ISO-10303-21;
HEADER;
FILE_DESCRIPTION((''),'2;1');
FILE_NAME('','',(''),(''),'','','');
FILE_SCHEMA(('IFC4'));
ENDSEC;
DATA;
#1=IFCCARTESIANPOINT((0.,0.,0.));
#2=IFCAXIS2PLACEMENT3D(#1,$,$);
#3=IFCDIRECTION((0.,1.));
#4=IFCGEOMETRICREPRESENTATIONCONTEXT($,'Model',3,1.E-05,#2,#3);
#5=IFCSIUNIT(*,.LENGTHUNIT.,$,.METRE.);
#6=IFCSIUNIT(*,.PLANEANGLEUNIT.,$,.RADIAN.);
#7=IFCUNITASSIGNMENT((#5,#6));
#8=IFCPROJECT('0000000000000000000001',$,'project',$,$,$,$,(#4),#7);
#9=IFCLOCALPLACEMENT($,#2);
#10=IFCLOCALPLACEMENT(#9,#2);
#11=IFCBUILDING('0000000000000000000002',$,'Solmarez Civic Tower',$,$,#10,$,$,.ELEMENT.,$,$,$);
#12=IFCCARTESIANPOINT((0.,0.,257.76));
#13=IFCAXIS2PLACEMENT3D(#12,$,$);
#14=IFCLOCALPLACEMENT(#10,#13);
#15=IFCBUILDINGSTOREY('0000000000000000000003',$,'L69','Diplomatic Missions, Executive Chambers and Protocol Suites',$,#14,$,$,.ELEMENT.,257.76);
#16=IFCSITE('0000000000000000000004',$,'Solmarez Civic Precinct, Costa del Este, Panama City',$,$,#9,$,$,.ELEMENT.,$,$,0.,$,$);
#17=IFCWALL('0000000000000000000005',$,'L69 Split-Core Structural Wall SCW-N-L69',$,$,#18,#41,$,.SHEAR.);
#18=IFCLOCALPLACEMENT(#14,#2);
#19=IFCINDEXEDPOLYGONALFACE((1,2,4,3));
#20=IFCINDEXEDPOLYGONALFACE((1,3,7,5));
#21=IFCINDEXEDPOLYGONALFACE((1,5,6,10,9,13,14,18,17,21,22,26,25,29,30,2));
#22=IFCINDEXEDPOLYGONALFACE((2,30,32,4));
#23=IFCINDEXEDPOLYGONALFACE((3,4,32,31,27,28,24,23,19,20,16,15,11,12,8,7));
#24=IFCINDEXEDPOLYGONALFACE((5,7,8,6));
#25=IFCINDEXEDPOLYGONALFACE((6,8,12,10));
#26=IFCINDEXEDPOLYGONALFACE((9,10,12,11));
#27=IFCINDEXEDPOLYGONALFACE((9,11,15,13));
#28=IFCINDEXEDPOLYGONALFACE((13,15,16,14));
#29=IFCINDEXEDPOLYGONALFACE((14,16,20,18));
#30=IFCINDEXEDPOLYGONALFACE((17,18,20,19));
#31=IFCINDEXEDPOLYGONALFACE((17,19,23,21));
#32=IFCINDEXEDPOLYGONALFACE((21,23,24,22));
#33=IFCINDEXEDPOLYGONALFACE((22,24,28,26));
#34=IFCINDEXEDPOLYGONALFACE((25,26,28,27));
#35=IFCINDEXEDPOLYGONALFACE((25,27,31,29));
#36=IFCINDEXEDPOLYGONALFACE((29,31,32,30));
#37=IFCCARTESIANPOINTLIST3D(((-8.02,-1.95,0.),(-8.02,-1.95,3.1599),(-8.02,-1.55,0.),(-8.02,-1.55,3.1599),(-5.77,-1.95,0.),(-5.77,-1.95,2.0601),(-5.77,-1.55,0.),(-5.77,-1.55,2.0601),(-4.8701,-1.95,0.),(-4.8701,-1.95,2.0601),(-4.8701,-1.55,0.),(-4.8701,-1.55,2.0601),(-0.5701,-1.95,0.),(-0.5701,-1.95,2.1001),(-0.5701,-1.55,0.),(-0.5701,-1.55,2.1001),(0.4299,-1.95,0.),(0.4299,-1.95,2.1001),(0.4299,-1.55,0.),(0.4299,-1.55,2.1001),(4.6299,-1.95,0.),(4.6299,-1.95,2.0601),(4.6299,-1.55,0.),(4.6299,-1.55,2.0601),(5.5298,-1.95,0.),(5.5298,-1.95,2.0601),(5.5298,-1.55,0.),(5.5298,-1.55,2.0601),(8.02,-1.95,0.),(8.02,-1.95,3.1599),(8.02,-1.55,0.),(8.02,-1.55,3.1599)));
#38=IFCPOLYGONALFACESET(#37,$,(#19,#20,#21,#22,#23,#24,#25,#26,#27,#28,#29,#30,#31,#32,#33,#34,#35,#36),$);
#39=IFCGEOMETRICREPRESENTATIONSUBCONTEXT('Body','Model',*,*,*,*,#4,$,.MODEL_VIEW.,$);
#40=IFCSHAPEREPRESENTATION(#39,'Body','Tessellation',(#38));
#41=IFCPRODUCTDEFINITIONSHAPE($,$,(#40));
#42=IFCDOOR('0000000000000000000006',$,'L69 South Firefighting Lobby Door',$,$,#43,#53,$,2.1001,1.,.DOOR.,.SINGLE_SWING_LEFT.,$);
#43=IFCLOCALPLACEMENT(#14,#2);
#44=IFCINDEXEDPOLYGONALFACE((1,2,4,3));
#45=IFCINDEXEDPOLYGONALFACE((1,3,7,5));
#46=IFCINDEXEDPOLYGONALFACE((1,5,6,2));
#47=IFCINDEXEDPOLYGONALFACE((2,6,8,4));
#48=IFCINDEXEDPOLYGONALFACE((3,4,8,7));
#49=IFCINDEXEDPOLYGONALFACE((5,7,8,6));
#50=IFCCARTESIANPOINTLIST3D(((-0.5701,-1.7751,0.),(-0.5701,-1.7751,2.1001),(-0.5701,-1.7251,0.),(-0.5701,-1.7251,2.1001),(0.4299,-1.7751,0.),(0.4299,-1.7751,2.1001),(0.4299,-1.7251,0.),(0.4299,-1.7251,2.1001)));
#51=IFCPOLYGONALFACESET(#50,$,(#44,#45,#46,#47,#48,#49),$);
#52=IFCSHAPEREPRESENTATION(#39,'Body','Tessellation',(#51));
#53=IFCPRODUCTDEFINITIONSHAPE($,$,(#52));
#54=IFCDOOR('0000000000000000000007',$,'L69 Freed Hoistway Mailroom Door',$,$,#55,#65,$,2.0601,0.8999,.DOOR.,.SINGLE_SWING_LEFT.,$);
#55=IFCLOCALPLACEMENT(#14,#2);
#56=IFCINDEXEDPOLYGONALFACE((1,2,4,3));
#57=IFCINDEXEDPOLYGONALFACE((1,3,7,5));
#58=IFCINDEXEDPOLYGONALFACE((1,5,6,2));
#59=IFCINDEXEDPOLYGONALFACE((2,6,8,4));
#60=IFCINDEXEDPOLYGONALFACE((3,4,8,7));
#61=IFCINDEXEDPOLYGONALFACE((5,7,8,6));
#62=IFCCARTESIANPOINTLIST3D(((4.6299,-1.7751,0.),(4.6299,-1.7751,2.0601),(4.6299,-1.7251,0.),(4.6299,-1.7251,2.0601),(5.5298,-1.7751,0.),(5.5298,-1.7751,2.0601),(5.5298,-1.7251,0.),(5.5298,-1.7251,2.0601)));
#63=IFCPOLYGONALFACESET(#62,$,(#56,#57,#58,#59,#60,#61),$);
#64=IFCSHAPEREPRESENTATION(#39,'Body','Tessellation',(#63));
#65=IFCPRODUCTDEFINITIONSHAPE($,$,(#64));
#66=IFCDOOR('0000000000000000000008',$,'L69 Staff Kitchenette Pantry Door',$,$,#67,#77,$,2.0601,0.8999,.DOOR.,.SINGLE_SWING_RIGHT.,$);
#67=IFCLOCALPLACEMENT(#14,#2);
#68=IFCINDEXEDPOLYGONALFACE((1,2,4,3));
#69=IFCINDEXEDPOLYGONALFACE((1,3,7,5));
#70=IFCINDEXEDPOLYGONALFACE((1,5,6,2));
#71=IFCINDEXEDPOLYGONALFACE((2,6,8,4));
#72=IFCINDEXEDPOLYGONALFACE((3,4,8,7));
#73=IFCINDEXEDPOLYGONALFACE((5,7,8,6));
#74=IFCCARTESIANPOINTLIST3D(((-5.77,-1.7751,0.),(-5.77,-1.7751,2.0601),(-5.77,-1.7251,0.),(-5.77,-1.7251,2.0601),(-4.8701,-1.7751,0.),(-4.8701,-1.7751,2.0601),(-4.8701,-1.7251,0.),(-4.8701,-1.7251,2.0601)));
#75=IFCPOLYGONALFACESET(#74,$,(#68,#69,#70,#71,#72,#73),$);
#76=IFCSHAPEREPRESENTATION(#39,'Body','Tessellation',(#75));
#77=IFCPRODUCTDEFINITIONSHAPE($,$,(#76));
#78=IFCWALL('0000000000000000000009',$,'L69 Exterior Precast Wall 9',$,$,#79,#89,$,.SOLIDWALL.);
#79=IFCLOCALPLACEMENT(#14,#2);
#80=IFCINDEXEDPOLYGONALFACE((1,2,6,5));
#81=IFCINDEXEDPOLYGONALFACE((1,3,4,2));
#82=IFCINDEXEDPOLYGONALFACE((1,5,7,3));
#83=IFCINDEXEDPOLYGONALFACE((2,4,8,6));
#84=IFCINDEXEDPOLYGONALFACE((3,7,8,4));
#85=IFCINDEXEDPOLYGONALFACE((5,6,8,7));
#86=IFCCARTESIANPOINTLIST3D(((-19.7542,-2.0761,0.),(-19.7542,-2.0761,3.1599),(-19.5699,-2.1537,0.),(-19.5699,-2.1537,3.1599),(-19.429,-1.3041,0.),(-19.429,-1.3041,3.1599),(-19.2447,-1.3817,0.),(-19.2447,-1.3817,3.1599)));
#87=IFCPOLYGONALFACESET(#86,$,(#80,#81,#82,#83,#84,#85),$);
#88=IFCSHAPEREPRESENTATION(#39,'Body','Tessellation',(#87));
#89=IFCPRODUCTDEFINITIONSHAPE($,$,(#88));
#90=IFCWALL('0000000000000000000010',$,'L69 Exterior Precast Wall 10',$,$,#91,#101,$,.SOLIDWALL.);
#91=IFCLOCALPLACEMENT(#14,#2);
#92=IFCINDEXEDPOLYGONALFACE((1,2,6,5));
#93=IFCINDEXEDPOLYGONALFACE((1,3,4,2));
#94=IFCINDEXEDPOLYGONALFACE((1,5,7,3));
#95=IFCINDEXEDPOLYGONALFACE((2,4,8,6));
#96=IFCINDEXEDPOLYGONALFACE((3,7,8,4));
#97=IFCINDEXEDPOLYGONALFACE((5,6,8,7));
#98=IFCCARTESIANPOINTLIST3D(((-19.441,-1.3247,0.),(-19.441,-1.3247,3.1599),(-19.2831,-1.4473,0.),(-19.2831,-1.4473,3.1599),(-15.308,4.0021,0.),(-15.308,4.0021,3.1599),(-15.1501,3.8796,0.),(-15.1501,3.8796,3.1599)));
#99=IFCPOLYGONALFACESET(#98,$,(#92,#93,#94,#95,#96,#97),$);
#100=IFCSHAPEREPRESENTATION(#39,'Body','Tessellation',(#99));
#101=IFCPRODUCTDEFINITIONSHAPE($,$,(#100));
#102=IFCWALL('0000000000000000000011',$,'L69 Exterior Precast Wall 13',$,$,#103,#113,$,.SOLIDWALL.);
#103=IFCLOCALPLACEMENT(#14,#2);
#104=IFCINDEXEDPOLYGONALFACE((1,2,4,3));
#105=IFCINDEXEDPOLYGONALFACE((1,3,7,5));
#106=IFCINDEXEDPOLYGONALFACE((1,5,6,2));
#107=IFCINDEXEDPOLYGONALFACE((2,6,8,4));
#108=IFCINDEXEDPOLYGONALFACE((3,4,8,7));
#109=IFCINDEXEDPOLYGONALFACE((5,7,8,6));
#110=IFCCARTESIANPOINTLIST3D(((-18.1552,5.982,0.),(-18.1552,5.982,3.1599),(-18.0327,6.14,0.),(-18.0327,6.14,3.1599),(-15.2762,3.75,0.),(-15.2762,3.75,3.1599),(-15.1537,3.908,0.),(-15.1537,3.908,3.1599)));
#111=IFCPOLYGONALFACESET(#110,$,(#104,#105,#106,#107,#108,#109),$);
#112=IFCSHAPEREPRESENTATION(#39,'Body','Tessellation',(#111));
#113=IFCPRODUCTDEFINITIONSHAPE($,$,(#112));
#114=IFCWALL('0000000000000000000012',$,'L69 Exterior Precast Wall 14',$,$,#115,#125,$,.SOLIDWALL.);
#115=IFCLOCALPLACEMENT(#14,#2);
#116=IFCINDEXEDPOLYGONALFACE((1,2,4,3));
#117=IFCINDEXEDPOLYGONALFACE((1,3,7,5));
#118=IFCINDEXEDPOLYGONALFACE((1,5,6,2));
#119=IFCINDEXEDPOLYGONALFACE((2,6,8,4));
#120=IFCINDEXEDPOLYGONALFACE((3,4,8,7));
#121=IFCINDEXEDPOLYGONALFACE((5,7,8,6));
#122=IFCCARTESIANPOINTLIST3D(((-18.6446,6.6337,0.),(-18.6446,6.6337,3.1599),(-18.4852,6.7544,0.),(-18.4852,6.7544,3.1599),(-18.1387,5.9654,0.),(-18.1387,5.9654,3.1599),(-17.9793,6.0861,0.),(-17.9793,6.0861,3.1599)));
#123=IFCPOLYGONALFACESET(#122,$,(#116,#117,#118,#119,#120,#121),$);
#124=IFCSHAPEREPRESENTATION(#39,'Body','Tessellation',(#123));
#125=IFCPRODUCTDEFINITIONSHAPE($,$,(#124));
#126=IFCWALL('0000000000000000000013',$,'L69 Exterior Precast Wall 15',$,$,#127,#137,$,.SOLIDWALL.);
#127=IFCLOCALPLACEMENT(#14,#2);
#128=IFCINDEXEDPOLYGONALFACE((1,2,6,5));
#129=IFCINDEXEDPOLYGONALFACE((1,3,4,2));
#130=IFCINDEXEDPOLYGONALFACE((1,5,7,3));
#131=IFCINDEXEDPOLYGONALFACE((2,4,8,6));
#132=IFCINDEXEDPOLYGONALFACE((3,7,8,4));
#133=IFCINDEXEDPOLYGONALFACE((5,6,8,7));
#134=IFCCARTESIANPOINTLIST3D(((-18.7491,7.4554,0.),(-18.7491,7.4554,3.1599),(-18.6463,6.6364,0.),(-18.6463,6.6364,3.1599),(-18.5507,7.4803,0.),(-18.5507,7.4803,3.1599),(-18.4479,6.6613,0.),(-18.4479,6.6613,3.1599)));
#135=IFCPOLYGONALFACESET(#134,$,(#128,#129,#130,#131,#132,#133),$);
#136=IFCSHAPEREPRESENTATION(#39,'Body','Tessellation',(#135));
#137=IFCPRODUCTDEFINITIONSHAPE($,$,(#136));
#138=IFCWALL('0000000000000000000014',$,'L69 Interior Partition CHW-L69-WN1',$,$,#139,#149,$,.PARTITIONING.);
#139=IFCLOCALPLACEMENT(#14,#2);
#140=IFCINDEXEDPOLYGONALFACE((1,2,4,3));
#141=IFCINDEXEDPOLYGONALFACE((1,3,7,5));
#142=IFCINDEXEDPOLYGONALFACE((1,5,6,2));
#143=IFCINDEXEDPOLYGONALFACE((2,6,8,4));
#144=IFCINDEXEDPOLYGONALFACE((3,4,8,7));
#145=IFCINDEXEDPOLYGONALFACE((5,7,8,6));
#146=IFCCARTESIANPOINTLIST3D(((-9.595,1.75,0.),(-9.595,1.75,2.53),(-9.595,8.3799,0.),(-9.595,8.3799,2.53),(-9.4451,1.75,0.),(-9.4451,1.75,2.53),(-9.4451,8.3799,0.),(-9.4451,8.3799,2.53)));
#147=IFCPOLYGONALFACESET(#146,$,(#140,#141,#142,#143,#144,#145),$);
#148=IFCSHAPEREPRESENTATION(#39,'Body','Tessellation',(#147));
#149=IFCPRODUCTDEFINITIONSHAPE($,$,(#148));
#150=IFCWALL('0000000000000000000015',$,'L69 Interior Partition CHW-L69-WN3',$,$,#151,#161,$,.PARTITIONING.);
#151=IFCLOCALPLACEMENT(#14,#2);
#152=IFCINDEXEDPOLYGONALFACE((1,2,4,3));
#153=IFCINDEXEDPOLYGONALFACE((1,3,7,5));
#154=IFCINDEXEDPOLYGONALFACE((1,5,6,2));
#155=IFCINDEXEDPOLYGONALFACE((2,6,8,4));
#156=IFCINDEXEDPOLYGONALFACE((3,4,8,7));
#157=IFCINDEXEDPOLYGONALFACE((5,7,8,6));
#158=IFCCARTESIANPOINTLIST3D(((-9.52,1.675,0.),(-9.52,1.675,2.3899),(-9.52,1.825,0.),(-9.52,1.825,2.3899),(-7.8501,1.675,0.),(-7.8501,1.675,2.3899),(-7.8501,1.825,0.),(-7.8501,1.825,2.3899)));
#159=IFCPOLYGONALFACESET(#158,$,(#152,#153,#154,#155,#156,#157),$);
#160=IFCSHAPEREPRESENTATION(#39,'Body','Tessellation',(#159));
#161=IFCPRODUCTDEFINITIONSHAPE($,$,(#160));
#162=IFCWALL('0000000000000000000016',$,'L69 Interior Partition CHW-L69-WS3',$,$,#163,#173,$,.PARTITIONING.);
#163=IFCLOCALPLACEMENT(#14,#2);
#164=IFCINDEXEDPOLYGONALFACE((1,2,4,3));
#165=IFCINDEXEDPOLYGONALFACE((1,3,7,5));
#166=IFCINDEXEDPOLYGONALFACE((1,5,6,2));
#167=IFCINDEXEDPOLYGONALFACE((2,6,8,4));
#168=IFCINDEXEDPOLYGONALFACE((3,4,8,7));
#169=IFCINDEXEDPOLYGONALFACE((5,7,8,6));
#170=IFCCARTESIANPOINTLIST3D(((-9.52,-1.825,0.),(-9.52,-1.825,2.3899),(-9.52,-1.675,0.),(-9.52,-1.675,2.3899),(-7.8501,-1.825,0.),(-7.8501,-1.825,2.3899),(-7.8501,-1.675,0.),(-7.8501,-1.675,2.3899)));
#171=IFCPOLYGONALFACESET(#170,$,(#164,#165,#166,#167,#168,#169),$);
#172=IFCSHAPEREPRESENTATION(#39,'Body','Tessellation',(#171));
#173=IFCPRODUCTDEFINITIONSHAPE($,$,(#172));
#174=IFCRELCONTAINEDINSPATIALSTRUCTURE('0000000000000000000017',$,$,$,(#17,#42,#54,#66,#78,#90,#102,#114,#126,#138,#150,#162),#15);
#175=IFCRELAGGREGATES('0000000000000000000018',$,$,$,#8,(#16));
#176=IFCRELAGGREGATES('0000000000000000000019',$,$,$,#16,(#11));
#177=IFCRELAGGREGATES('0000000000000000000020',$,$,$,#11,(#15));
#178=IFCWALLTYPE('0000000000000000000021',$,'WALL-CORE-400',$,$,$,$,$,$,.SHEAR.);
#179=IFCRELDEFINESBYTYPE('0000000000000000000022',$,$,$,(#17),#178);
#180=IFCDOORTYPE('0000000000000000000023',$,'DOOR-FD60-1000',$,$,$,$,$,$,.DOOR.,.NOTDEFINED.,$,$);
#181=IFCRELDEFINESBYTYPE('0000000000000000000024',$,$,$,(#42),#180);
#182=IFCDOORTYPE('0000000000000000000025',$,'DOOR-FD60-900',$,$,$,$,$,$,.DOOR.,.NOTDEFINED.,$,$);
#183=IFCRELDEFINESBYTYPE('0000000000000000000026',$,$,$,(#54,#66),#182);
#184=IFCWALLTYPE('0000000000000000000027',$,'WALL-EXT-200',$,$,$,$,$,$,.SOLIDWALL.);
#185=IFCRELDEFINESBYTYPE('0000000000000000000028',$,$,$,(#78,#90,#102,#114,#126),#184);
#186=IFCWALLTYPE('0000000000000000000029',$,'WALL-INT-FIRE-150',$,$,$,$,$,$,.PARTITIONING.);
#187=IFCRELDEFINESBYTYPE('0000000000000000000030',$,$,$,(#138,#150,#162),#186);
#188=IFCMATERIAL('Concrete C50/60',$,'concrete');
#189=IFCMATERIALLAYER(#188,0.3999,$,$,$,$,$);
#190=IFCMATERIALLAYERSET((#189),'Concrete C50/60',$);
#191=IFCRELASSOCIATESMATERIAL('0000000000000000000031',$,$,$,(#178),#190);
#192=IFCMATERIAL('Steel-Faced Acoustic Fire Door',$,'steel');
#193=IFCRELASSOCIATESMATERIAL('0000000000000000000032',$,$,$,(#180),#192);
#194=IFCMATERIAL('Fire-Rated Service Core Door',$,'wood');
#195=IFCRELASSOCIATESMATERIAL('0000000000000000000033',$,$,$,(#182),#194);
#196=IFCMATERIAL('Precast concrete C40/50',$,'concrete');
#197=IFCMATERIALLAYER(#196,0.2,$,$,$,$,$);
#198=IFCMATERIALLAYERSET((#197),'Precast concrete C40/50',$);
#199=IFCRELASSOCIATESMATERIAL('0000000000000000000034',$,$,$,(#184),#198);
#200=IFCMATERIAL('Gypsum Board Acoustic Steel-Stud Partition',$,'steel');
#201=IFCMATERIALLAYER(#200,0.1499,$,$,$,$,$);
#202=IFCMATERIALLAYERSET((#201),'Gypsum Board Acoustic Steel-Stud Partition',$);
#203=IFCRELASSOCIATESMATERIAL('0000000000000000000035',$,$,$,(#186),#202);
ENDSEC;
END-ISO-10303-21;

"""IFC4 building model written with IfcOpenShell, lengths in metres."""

from ifc_helpers import new_model, si_unit, direction, frame, frame_2d, origin, place, context, subcontext, project, spatial, rectangle, extrude, material, layer, layer_set, type_object, element, fill, save


model = new_model("IFC4")

# Units and contexts
model_context = context("Model", 3, precision=1e-05, world=origin(), true_north=direction((0.0, 1.0)))
body_context = subcontext(model_context, "Body", "Model", "MODEL_VIEW")
ifc_project = project(units=[si_unit("LENGTHUNIT", "METRE"), si_unit("PLANEANGLEUNIT", "RADIAN")], contexts=[model_context])

# Site, building, storey
site_placement = place(None, origin())
site = spatial("IfcSite", under=ifc_project, at=site_placement, Name="Solmarez Civic Precinct, Costa del Este, Panama City", CompositionType="ELEMENT", RefElevation=0.0)
building_placement = place(site_placement, origin())
building = spatial("IfcBuilding", under=site, at=building_placement, Name="Solmarez Civic Tower", CompositionType="ELEMENT")
storey_placement = place(building_placement, frame((0.0, 0.0, 257.76)))
storey = spatial("IfcBuildingStorey", under=building, at=storey_placement, Name="L69", Description="Diplomatic Missions, Executive Chambers and Protocol Suites", CompositionType="ELEMENT", Elevation=257.76)

# Shared definitions
ifc_material_1 = material(Name="Concrete C50/60", Category="concrete")

# Shared definitions
ifc_layer_1 = layer(ifc_material_1, 0.3999)
ifc_layer_set_1 = layer_set([ifc_layer_1], Name="Concrete C50/60")
wall_type_1 = type_object("IfcWallType", Name="WALL-CORE-400", PredefinedType="SHEAR", material=ifc_layer_set_1)

# Wall, openings, doors
wall_1_placement = place(storey_placement, frame((-8.02, -1.75, 0.0), z_axis=(0.0, 0.0, 1.0), x_axis=(1.0, 0.0, 0.0)))
wall_1 = element("IfcWall", 1, at=wall_1_placement, inside=storey, type_object=wall_type_1, Name="L69 Split-Core Structural Wall SCW-N-L69", PredefinedType="SHEAR", context=body_context, shape_type="SweptSolid", body=[
    extrude(rectangle(XDim=16.04, YDim=0.3999, at=frame_2d((8.02, 0.0))), origin(), (0.0, 0.0, 1.0), 3.1599),
])
opening_1_placement = place(wall_1_placement, frame((7.45, 0.0, 0.0)))
opening_1 = element("IfcOpeningElement", 2, at=opening_1_placement, cuts=wall_1, PredefinedType="OPENING", context=body_context, shape_type="SweptSolid", body=[
    extrude(rectangle(XDim=1.0, YDim=2.1001, at=frame_2d((0.5, 1.05))), frame((0.0, 0.21, 0.0), z_axis=(0.0, -1.0, 0.0), x_axis=(1.0, 0.0, 0.0)), (0.0, 0.0, 1.0), 0.4199),
])
opening_2_placement = place(wall_1_placement, frame((12.6499, 0.0, 0.0)))
opening_2 = element("IfcOpeningElement", 3, at=opening_2_placement, cuts=wall_1, PredefinedType="OPENING", context=body_context, shape_type="SweptSolid", body=[
    extrude(rectangle(XDim=0.8999, YDim=2.0601, at=frame_2d((0.45, 1.03))), frame((0.0, 0.21, 0.0), z_axis=(0.0, -1.0, 0.0), x_axis=(1.0, 0.0, 0.0)), (0.0, 0.0, 1.0), 0.4199),
])
opening_3_placement = place(wall_1_placement, frame((2.25, 0.0, 0.0)))
opening_3 = element("IfcOpeningElement", 4, at=opening_3_placement, cuts=wall_1, PredefinedType="OPENING", context=body_context, shape_type="SweptSolid", body=[
    extrude(rectangle(XDim=0.8999, YDim=2.0601, at=frame_2d((0.45, 1.03))), frame((0.0, 0.21, 0.0), z_axis=(0.0, -1.0, 0.0), x_axis=(1.0, 0.0, 0.0)), (0.0, 0.0, 1.0), 0.4199),
])
ifc_material_2 = material(Name="Steel-Faced Acoustic Fire Door", Category="steel")
door_type_1 = type_object("IfcDoorType", Name="DOOR-FD60-1000", OperationType="NOTDEFINED", PredefinedType="DOOR", material=ifc_material_2)
door_1_placement = place(opening_1_placement, origin())
door_1 = element("IfcDoor", 5, at=door_1_placement, inside=storey, type_object=door_type_1, Name="L69 South Firefighting Lobby Door", OperationType="SINGLE_SWING_LEFT", OverallHeight=2.1001, OverallWidth=1.0, PredefinedType="DOOR", context=body_context, shape_type="SweptSolid", body=[
    extrude(rectangle(XDim=1.0, YDim=2.1001, at=frame_2d((0.5, 1.05))), frame((0.0, 0.0249, 0.0), z_axis=(0.0, -1.0, 0.0), x_axis=(1.0, 0.0, 0.0)), (0.0, 0.0, 1.0), 0.05),
])
fill(opening_1, door_1)
ifc_material_3 = material(Name="Fire-Rated Service Core Door", Category="wood")
door_type_2 = type_object("IfcDoorType", Name="DOOR-FD60-900", OperationType="NOTDEFINED", PredefinedType="DOOR", material=ifc_material_3)
door_2_placement = place(opening_2_placement, origin())
door_2 = element("IfcDoor", 6, at=door_2_placement, inside=storey, type_object=door_type_2, Name="L69 Freed Hoistway Mailroom Door", OperationType="SINGLE_SWING_LEFT", OverallHeight=2.0601, OverallWidth=0.8999, PredefinedType="DOOR", context=body_context, shape_type="SweptSolid", body=[
    extrude(rectangle(XDim=0.8999, YDim=2.0601, at=frame_2d((0.45, 1.03))), frame((0.0, 0.0249, 0.0), z_axis=(0.0, -1.0, 0.0), x_axis=(1.0, 0.0, 0.0)), (0.0, 0.0, 1.0), 0.05),
])
fill(opening_2, door_2)
door_3_placement = place(opening_3_placement, origin())
door_3 = element("IfcDoor", 7, at=door_3_placement, inside=storey, type_object=door_type_2, Name="L69 Staff Kitchenette Pantry Door", OperationType="SINGLE_SWING_RIGHT", OverallHeight=2.0601, OverallWidth=0.8999, PredefinedType="DOOR", context=body_context, shape_type="SweptSolid", body=[
    extrude(rectangle(XDim=0.8999, YDim=2.0601, at=frame_2d((0.45, 1.03))), frame((0.0, 0.0249, 0.0), z_axis=(0.0, -1.0, 0.0), x_axis=(1.0, 0.0, 0.0)), (0.0, 0.0, 1.0), 0.05),
])
fill(opening_3, door_3)

# Walls
ifc_material_4 = material(Name="Precast concrete C40/50", Category="concrete")
ifc_layer_2 = layer(ifc_material_4, 0.2)
ifc_layer_set_2 = layer_set([ifc_layer_2], Name="Precast concrete C40/50")
wall_type_2 = type_object("IfcWallType", Name="WALL-EXT-200", PredefinedType="SOLIDWALL", material=ifc_layer_set_2)
wall_2_placement = place(storey_placement, frame((-19.6621, -2.115, 0.0), z_axis=(0.0, 0.0, 1.0), x_axis=(0.388213, 0.92157, 0.0)))
element("IfcWall", 8, at=wall_2_placement, inside=storey, type_object=wall_type_2, Name="L69 Exterior Precast Wall 9", PredefinedType="SOLIDWALL", context=body_context, shape_type="SweptSolid", body=[
    extrude(rectangle(XDim=0.8376, YDim=0.2, at=frame_2d((0.4189, 0.0))), origin(), (0.0, 0.0, 1.0), 3.1599),
])
wall_3_placement = place(storey_placement, frame((-19.3621, -1.386, 0.0), z_axis=(0.0, 0.0, 1.0), x_axis=(0.613008, 0.790077, 0.0)))
element("IfcWall", 9, at=wall_3_placement, inside=storey, type_object=wall_type_2, Name="L69 Exterior Precast Wall 10", PredefinedType="SOLIDWALL", context=body_context, shape_type="SweptSolid", body=[
    extrude(rectangle(XDim=6.7422, YDim=0.2, at=frame_2d((3.3711, 0.0))), origin(), (0.0, 0.0, 1.0), 3.1599),
])
wall_4_placement = place(storey_placement, frame((-15.2151, 3.8291, 0.0), z_axis=(0.0, 0.0, 1.0), x_axis=(-0.790311, 0.612706, 0.0)))
element("IfcWall", 10, at=wall_4_placement, inside=storey, type_object=wall_type_2, Name="L69 Exterior Precast Wall 13", PredefinedType="SOLIDWALL", context=body_context, shape_type="SweptSolid", body=[
    extrude(rectangle(XDim=3.6428, YDim=0.2, at=frame_2d((1.8213, 0.0))), origin(), (0.0, 0.0, 1.0), 3.1599),
])
wall_5_placement = place(storey_placement, frame((-18.0591, 6.0259, 0.0), z_axis=(0.0, 0.0, 1.0), x_axis=(-0.603583, 0.7973, 0.0)))
element("IfcWall", 11, at=wall_5_placement, inside=storey, type_object=wall_type_2, Name="L69 Exterior Precast Wall 14", PredefinedType="SOLIDWALL", context=body_context, shape_type="SweptSolid", body=[
    extrude(rectangle(XDim=0.8381, YDim=0.2, at=frame_2d((0.4189, 0.0))), origin(), (0.0, 0.0, 1.0), 3.1599),
])
wall_6_placement = place(storey_placement, frame((-18.5471, 6.6489, 0.0), z_axis=(0.0, 0.0, 1.0), x_axis=(-0.124508, 0.992219, 0.0)))
element("IfcWall", 12, at=wall_6_placement, inside=storey, type_object=wall_type_2, Name="L69 Exterior Precast Wall 15", PredefinedType="SOLIDWALL", context=body_context, shape_type="SweptSolid", body=[
    extrude(rectangle(XDim=0.8254, YDim=0.2, at=frame_2d((0.4126, 0.0))), origin(), (0.0, 0.0, 1.0), 3.1599),
])
ifc_material_5 = material(Name="Gypsum Board Acoustic Steel-Stud Partition", Category="steel")
ifc_layer_3 = layer(ifc_material_5, 0.1499)
ifc_layer_set_3 = layer_set([ifc_layer_3], Name="Gypsum Board Acoustic Steel-Stud Partition")
wall_type_3 = type_object("IfcWallType", Name="WALL-INT-FIRE-150", PredefinedType="PARTITIONING", material=ifc_layer_set_3)
wall_7_placement = place(storey_placement, frame((-9.52, 1.75, 0.0), z_axis=(0.0, 0.0, 1.0), x_axis=(0.0, 1.0, 0.0)))
element("IfcWall", 13, at=wall_7_placement, inside=storey, type_object=wall_type_3, Name="L69 Interior Partition CHW-L69-WN1", PredefinedType="PARTITIONING", context=body_context, shape_type="SweptSolid", body=[
    extrude(rectangle(XDim=6.6299, YDim=0.1499, at=frame_2d((3.3149, 0.0))), origin(), (0.0, 0.0, 1.0), 2.53),
])
for number, where, z_axis, x_axis, name in (
    (14, (-7.8501, 1.75, 0.0), (0.0, 0.0, 1.0), (-1.0, 0.0, 0.0), "L69 Interior Partition CHW-L69-WN3"),
    (15, (-7.8501, -1.75, 0.0), (0.0, 0.0, 1.0), (-1.0, 0.0, 0.0), "L69 Interior Partition CHW-L69-WS3"),
):
    element("IfcWall", number, at=place(storey_placement, frame(where, z_axis=z_axis, x_axis=x_axis)), inside=storey, type_object=wall_type_3, Name=name, PredefinedType="PARTITIONING", context=body_context, shape_type="SweptSolid", body=[
        extrude(rectangle(XDim=1.6699, YDim=0.1499, at=frame_2d((0.835, 0.0))), origin(), (0.0, 0.0, 1.0), 2.3899),
    ])

save(model, "model.ifc")
